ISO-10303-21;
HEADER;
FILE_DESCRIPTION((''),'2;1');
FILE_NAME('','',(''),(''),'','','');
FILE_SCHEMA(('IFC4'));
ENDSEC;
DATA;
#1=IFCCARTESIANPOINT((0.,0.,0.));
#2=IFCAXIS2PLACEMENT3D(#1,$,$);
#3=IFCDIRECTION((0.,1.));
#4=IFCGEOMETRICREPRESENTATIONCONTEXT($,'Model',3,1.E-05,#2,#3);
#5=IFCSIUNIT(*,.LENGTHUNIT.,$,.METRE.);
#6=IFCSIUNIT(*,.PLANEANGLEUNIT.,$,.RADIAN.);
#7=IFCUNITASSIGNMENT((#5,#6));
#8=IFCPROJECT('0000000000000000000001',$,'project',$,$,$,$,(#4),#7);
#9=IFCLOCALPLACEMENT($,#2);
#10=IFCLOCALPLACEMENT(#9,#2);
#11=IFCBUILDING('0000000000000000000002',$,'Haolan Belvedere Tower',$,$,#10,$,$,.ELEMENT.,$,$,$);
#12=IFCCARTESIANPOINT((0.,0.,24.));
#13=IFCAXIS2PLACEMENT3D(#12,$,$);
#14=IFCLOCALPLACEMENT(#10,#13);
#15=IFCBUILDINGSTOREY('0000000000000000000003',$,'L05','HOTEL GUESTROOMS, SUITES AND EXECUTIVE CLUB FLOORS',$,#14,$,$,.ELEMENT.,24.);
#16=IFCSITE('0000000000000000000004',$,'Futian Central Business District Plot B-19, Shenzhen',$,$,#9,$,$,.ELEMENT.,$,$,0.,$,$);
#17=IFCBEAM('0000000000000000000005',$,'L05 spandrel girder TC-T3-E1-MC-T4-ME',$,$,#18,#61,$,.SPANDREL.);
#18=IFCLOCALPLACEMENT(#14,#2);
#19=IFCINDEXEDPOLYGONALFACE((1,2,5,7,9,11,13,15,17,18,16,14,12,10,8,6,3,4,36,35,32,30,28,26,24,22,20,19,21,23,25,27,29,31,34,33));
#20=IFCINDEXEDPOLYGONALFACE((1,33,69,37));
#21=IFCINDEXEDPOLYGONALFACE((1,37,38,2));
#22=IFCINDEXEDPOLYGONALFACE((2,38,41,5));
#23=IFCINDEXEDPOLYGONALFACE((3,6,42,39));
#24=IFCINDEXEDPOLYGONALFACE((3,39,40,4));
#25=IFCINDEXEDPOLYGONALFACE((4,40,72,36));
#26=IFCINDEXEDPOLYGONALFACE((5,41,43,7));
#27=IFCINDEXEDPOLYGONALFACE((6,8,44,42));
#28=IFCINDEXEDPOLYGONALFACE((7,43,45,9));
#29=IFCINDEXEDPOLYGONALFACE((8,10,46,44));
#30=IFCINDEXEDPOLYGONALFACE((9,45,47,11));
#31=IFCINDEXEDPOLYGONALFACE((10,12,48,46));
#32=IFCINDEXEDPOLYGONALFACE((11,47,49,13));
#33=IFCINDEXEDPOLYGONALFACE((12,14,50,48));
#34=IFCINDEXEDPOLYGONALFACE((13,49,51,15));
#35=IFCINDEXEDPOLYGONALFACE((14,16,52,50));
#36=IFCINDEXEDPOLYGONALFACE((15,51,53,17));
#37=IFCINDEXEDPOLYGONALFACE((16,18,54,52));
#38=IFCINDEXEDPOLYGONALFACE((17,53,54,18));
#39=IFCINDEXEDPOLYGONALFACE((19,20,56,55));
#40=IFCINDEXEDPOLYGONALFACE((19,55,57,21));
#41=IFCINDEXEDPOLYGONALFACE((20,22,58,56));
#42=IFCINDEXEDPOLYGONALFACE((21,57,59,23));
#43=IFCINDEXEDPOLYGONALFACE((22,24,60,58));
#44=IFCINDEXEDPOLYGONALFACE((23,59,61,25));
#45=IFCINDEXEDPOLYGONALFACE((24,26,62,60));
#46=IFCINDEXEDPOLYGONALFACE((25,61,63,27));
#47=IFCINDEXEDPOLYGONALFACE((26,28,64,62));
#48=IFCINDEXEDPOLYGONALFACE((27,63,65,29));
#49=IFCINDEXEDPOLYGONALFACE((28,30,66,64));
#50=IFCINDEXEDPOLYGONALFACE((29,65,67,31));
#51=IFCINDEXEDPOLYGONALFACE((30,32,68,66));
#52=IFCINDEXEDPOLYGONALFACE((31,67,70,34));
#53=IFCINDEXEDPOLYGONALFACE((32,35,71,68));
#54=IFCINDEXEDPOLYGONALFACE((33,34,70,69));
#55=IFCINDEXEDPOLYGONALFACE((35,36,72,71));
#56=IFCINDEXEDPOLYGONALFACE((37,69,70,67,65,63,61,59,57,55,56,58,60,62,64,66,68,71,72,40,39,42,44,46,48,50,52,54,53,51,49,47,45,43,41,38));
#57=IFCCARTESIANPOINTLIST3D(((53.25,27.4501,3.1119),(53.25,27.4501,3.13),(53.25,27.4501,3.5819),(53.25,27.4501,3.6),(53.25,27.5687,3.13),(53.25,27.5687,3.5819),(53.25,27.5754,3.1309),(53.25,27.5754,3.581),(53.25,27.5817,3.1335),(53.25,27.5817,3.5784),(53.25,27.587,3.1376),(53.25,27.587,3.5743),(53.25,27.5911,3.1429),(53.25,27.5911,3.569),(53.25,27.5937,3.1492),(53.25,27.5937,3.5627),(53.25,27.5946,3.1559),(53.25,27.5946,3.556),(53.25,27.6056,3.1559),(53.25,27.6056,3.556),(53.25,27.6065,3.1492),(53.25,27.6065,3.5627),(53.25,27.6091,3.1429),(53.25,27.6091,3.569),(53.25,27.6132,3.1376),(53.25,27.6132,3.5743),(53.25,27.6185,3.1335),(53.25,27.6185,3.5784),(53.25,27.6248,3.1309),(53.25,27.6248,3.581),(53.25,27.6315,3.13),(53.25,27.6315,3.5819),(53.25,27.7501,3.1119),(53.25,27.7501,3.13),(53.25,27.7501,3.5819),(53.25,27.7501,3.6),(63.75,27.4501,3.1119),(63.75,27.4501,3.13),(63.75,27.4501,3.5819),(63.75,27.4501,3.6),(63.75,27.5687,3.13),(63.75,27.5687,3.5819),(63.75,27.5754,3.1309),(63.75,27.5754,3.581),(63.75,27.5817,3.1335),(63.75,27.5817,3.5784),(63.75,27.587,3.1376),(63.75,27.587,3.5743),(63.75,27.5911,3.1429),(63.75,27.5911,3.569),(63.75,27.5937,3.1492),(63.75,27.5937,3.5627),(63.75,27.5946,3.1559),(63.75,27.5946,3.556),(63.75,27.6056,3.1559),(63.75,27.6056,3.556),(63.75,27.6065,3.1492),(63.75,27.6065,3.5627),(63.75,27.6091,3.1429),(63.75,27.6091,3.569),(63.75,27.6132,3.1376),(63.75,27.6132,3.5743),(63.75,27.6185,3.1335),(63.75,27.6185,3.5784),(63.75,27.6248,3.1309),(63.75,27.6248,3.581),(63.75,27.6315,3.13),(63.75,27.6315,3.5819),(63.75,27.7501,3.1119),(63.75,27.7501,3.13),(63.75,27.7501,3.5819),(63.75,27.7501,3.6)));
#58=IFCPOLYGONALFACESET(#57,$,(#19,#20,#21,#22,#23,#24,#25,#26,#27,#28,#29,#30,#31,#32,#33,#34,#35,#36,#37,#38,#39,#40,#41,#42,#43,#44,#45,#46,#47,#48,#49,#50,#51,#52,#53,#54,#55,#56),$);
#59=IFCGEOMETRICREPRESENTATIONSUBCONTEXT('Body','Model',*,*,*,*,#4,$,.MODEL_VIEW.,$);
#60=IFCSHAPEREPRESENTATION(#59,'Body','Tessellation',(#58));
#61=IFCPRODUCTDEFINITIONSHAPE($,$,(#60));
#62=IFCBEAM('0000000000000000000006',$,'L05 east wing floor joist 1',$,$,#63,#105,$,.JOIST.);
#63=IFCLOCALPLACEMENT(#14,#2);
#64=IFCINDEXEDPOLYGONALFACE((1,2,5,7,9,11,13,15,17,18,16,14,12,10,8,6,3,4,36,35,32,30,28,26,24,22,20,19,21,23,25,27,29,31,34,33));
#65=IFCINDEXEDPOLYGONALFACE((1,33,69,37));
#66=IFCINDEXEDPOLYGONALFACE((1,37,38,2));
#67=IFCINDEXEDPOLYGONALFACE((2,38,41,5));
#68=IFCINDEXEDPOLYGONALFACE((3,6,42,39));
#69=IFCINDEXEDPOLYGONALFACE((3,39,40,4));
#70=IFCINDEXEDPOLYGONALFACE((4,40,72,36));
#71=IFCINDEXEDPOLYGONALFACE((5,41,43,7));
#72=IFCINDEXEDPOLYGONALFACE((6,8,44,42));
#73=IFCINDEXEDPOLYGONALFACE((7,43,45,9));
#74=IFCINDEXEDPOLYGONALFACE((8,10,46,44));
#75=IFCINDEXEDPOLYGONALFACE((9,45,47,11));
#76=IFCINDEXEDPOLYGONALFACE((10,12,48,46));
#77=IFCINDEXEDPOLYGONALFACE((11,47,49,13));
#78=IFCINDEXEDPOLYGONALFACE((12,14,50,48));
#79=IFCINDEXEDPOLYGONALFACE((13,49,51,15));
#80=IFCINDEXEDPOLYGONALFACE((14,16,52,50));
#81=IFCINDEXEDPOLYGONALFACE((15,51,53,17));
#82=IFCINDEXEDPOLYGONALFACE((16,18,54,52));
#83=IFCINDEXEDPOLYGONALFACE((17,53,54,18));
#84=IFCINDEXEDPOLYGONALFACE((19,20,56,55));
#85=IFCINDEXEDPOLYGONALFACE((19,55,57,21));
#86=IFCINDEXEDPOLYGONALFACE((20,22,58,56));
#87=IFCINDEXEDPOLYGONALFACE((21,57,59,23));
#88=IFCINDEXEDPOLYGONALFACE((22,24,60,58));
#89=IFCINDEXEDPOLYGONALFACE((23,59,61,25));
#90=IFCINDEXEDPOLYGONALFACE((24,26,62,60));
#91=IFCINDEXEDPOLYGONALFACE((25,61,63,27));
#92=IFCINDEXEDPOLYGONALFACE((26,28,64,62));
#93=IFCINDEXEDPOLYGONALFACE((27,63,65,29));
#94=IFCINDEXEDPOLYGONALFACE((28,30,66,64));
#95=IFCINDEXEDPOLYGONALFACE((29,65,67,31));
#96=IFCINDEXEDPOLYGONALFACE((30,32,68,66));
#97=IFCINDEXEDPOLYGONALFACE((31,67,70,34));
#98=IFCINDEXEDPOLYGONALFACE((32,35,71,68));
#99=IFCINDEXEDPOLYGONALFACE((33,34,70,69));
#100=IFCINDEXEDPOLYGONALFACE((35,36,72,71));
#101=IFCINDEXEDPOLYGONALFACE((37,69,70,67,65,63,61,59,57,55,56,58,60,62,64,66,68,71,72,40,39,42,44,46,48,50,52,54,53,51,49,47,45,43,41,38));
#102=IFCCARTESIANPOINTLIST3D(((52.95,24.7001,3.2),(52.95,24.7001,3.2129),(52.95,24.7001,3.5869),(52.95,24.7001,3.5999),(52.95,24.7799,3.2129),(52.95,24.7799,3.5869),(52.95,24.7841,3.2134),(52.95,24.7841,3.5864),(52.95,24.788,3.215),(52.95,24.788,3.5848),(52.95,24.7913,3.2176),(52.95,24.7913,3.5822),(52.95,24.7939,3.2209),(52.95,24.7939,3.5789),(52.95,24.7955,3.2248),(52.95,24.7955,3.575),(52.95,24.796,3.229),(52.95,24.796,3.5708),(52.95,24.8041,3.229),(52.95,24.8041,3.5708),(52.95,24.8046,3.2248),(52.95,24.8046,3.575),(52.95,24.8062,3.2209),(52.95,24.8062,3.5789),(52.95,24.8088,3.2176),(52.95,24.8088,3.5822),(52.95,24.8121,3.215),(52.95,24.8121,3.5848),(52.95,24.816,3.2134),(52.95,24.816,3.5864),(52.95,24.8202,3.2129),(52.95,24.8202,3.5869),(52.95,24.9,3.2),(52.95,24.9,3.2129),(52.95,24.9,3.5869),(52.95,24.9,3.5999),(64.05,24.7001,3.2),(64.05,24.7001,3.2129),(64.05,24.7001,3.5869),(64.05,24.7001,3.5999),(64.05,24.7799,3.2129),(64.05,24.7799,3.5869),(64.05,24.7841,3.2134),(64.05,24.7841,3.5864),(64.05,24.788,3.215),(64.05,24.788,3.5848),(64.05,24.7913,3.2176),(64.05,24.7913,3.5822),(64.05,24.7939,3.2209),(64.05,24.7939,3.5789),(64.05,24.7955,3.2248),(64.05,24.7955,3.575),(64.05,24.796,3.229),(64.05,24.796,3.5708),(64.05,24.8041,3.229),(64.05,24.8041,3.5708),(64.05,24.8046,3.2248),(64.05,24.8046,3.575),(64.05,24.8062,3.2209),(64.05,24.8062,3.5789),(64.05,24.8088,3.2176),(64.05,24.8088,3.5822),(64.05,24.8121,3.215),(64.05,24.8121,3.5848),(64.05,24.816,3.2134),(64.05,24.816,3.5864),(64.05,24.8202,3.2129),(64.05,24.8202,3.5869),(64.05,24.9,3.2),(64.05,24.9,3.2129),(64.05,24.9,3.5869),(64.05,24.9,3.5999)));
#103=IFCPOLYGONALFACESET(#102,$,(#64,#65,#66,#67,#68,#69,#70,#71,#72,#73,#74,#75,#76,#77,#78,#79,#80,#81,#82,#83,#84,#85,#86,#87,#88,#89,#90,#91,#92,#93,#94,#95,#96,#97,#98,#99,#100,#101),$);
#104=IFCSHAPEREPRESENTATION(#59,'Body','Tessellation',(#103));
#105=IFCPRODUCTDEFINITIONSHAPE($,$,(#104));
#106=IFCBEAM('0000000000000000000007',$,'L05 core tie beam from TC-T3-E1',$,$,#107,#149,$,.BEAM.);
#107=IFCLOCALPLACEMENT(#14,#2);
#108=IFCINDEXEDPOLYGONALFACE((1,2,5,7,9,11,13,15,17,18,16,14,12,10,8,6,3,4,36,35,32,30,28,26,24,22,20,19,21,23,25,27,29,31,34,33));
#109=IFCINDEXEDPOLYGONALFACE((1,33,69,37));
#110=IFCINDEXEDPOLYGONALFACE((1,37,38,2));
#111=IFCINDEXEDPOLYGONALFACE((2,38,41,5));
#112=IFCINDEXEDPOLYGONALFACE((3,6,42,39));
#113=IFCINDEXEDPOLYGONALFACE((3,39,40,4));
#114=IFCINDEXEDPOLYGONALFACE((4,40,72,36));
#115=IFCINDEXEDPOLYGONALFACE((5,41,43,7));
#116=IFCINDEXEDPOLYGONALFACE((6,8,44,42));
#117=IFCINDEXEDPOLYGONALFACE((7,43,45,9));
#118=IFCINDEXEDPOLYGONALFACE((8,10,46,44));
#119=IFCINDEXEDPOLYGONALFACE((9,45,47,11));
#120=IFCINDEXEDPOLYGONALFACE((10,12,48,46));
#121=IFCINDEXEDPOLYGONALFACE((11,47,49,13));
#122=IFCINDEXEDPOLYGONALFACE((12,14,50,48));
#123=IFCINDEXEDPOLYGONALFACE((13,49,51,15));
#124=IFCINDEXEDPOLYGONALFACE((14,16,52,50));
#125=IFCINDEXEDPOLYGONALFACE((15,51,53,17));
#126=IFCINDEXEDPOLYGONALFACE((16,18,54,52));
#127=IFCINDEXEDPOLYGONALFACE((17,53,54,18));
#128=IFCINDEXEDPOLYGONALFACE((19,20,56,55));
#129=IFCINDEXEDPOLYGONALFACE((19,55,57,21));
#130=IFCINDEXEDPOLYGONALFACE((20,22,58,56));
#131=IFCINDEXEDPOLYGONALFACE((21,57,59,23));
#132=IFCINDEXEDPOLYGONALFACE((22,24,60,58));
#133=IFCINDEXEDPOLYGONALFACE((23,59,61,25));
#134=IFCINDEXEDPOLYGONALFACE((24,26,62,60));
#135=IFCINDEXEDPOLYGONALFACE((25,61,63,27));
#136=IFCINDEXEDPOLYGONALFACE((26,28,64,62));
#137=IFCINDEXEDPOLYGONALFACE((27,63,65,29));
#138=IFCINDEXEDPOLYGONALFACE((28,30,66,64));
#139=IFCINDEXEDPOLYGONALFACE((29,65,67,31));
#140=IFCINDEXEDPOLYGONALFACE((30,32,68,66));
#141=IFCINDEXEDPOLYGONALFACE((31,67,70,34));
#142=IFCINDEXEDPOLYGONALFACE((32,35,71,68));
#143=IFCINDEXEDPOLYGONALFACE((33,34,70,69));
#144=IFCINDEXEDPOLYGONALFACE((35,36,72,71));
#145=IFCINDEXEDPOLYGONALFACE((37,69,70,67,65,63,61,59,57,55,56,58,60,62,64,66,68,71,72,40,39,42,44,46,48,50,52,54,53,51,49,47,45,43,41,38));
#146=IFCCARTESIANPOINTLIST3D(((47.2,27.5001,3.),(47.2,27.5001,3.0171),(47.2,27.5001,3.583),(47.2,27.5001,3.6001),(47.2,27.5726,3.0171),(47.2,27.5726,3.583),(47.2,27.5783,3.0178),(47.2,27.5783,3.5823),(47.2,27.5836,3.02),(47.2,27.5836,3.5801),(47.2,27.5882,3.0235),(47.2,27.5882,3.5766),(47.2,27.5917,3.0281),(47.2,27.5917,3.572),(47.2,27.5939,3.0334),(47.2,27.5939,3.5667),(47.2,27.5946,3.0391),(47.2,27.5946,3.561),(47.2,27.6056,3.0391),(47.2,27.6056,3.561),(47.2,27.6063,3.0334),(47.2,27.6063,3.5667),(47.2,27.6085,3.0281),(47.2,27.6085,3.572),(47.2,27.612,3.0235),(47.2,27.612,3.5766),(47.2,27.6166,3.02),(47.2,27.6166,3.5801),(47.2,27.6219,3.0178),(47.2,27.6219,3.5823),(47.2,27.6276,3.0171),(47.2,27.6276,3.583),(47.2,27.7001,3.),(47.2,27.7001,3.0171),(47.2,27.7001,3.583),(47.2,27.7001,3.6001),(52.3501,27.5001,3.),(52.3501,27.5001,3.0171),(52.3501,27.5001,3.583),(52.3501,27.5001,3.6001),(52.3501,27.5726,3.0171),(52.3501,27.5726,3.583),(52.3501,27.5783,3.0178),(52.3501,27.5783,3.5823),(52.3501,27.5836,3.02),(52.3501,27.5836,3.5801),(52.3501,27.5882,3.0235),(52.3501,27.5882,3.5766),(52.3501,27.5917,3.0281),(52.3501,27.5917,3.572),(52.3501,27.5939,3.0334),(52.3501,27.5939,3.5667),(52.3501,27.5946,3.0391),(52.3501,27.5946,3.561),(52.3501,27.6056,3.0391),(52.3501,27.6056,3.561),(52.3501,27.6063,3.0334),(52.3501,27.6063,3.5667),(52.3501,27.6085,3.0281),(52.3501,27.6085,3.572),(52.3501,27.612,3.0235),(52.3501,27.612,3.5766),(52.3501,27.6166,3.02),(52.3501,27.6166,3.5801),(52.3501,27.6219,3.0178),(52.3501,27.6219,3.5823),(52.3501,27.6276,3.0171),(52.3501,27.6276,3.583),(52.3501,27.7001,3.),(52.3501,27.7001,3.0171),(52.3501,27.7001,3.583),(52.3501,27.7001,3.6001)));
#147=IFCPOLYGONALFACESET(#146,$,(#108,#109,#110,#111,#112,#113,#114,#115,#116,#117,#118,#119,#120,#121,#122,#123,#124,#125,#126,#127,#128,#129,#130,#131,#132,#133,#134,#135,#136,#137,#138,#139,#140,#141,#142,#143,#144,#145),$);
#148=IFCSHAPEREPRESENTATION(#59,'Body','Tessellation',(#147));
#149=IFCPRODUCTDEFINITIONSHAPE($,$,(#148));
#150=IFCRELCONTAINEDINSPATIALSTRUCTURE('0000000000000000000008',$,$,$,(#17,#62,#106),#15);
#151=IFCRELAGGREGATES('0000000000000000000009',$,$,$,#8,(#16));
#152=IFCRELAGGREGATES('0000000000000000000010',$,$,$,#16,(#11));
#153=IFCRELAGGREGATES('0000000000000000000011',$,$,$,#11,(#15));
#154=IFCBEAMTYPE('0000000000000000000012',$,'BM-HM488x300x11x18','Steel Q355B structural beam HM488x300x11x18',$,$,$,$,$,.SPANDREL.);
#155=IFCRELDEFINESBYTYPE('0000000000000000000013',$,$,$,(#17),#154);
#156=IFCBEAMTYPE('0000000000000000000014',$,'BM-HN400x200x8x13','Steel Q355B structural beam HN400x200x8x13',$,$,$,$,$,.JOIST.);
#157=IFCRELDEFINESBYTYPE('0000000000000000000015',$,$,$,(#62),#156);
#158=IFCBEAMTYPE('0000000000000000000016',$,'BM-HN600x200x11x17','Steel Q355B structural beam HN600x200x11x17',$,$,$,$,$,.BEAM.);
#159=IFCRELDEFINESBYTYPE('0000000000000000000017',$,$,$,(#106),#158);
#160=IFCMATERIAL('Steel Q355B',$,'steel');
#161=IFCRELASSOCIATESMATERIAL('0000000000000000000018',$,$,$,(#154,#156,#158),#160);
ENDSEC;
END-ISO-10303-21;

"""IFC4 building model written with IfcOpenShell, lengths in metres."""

from ifc_helpers import new_model, si_unit, direction, frame, origin, origin_2d, place, context, subcontext, project, spatial, i_section, extrude, material, material_profile, profile_set, type_object, element, save


model = new_model("IFC4")

# Units and contexts
model_context = context("Model", 3, precision=1e-05, world=origin(), true_north=direction((0.0, 1.0)))
body_context = subcontext(model_context, "Body", "Model", "MODEL_VIEW")
ifc_project = project(units=[si_unit("LENGTHUNIT", "METRE"), si_unit("PLANEANGLEUNIT", "RADIAN")], contexts=[model_context])

# Site, building, storey
site_placement = place(None, origin())
site = spatial("IfcSite", under=ifc_project, at=site_placement, Name="Futian Central Business District Plot B-19, Shenzhen", CompositionType="ELEMENT", RefElevation=0.0)
building_placement = place(site_placement, origin())
building = spatial("IfcBuilding", under=site, at=building_placement, Name="Haolan Belvedere Tower", CompositionType="ELEMENT")
storey_placement = place(building_placement, frame((0.0, 0.0, 24.0)))
storey = spatial("IfcBuildingStorey", under=building, at=storey_placement, Name="L05", Description="HOTEL GUESTROOMS, SUITES AND EXECUTIVE CLUB FLOORS", CompositionType="ELEMENT", Elevation=24.0)

# Shared definitions
ifc_material_1 = material(Name="Steel Q355B", Category="steel")

# Beams
ifc_material_profile_1 = material_profile(ifc_material_1, i_section(OverallWidth=0.3, OverallDepth=0.488, WebThickness=0.011, FlangeThickness=0.0181, FilletRadius=0.0259, at=origin_2d()), Name="Steel Q355B")
ifc_profile_set_1 = profile_set([ifc_material_profile_1], Name="Steel Q355B")
beam_type_1 = type_object("IfcBeamType", Name="BM-HM488x300x11x18", Description="Steel Q355B structural beam HM488x300x11x18", PredefinedType="SPANDREL", material=ifc_profile_set_1)
beam_1_placement = place(storey_placement, frame((53.25, 27.6001, 3.356), z_axis=(1.0, 0.0, 0.0), x_axis=(0.0, 1.0, 0.0)))
element("IfcBeam", 1, at=beam_1_placement, inside=storey, type_object=beam_type_1, Name="L05 spandrel girder TC-T3-E1-MC-T4-ME", PredefinedType="SPANDREL", context=body_context, shape_type="SweptSolid", body=[
    extrude(i_section(OverallWidth=0.3, OverallDepth=0.488, WebThickness=0.011, FlangeThickness=0.0181, FilletRadius=0.0259, at=origin_2d()), origin(), (0.0, 0.0, 1.0), 10.5),
])
ifc_material_profile_2 = material_profile(ifc_material_1, i_section(OverallWidth=0.2, OverallDepth=0.3999, WebThickness=0.0081, FlangeThickness=0.0129, FilletRadius=0.0161, at=origin_2d()), Name="Steel Q355B")
ifc_profile_set_2 = profile_set([ifc_material_profile_2], Name="Steel Q355B")
beam_type_2 = type_object("IfcBeamType", Name="BM-HN400x200x8x13", Description="Steel Q355B structural beam HN400x200x8x13", PredefinedType="JOIST", material=ifc_profile_set_2)
beam_2_placement = place(storey_placement, frame((52.95, 24.8, 3.3999), z_axis=(1.0, 0.0, 0.0), x_axis=(0.0, 1.0, 0.0)))
element("IfcBeam", 2, at=beam_2_placement, inside=storey, type_object=beam_type_2, Name="L05 east wing floor joist 1", PredefinedType="JOIST", context=body_context, shape_type="SweptSolid", body=[
    extrude(i_section(OverallWidth=0.2, OverallDepth=0.3999, WebThickness=0.0081, FlangeThickness=0.0129, FilletRadius=0.0161, at=origin_2d()), origin(), (0.0, 0.0, 1.0), 11.1001),
])
ifc_material_profile_3 = material_profile(ifc_material_1, i_section(OverallWidth=0.2, OverallDepth=0.6001, WebThickness=0.011, FlangeThickness=0.0171, FilletRadius=0.022, at=origin_2d()), Name="Steel Q355B")
ifc_profile_set_3 = profile_set([ifc_material_profile_3], Name="Steel Q355B")
beam_type_3 = type_object("IfcBeamType", Name="BM-HN600x200x11x17", Description="Steel Q355B structural beam HN600x200x11x17", PredefinedType="BEAM", material=ifc_profile_set_3)
beam_3_placement = place(storey_placement, frame((52.3501, 27.6001, 3.3), z_axis=(-1.0, 0.0, 0.0), x_axis=(0.0, -1.0, 0.0)))
element("IfcBeam", 3, at=beam_3_placement, inside=storey, type_object=beam_type_3, Name="L05 core tie beam from TC-T3-E1", PredefinedType="BEAM", context=body_context, shape_type="SweptSolid", body=[
    extrude(i_section(OverallWidth=0.2, OverallDepth=0.6001, WebThickness=0.011, FlangeThickness=0.0171, FilletRadius=0.022, at=origin_2d()), origin(), (0.0, 0.0, 1.0), 5.1501),
])

save(model, "model.ifc")
